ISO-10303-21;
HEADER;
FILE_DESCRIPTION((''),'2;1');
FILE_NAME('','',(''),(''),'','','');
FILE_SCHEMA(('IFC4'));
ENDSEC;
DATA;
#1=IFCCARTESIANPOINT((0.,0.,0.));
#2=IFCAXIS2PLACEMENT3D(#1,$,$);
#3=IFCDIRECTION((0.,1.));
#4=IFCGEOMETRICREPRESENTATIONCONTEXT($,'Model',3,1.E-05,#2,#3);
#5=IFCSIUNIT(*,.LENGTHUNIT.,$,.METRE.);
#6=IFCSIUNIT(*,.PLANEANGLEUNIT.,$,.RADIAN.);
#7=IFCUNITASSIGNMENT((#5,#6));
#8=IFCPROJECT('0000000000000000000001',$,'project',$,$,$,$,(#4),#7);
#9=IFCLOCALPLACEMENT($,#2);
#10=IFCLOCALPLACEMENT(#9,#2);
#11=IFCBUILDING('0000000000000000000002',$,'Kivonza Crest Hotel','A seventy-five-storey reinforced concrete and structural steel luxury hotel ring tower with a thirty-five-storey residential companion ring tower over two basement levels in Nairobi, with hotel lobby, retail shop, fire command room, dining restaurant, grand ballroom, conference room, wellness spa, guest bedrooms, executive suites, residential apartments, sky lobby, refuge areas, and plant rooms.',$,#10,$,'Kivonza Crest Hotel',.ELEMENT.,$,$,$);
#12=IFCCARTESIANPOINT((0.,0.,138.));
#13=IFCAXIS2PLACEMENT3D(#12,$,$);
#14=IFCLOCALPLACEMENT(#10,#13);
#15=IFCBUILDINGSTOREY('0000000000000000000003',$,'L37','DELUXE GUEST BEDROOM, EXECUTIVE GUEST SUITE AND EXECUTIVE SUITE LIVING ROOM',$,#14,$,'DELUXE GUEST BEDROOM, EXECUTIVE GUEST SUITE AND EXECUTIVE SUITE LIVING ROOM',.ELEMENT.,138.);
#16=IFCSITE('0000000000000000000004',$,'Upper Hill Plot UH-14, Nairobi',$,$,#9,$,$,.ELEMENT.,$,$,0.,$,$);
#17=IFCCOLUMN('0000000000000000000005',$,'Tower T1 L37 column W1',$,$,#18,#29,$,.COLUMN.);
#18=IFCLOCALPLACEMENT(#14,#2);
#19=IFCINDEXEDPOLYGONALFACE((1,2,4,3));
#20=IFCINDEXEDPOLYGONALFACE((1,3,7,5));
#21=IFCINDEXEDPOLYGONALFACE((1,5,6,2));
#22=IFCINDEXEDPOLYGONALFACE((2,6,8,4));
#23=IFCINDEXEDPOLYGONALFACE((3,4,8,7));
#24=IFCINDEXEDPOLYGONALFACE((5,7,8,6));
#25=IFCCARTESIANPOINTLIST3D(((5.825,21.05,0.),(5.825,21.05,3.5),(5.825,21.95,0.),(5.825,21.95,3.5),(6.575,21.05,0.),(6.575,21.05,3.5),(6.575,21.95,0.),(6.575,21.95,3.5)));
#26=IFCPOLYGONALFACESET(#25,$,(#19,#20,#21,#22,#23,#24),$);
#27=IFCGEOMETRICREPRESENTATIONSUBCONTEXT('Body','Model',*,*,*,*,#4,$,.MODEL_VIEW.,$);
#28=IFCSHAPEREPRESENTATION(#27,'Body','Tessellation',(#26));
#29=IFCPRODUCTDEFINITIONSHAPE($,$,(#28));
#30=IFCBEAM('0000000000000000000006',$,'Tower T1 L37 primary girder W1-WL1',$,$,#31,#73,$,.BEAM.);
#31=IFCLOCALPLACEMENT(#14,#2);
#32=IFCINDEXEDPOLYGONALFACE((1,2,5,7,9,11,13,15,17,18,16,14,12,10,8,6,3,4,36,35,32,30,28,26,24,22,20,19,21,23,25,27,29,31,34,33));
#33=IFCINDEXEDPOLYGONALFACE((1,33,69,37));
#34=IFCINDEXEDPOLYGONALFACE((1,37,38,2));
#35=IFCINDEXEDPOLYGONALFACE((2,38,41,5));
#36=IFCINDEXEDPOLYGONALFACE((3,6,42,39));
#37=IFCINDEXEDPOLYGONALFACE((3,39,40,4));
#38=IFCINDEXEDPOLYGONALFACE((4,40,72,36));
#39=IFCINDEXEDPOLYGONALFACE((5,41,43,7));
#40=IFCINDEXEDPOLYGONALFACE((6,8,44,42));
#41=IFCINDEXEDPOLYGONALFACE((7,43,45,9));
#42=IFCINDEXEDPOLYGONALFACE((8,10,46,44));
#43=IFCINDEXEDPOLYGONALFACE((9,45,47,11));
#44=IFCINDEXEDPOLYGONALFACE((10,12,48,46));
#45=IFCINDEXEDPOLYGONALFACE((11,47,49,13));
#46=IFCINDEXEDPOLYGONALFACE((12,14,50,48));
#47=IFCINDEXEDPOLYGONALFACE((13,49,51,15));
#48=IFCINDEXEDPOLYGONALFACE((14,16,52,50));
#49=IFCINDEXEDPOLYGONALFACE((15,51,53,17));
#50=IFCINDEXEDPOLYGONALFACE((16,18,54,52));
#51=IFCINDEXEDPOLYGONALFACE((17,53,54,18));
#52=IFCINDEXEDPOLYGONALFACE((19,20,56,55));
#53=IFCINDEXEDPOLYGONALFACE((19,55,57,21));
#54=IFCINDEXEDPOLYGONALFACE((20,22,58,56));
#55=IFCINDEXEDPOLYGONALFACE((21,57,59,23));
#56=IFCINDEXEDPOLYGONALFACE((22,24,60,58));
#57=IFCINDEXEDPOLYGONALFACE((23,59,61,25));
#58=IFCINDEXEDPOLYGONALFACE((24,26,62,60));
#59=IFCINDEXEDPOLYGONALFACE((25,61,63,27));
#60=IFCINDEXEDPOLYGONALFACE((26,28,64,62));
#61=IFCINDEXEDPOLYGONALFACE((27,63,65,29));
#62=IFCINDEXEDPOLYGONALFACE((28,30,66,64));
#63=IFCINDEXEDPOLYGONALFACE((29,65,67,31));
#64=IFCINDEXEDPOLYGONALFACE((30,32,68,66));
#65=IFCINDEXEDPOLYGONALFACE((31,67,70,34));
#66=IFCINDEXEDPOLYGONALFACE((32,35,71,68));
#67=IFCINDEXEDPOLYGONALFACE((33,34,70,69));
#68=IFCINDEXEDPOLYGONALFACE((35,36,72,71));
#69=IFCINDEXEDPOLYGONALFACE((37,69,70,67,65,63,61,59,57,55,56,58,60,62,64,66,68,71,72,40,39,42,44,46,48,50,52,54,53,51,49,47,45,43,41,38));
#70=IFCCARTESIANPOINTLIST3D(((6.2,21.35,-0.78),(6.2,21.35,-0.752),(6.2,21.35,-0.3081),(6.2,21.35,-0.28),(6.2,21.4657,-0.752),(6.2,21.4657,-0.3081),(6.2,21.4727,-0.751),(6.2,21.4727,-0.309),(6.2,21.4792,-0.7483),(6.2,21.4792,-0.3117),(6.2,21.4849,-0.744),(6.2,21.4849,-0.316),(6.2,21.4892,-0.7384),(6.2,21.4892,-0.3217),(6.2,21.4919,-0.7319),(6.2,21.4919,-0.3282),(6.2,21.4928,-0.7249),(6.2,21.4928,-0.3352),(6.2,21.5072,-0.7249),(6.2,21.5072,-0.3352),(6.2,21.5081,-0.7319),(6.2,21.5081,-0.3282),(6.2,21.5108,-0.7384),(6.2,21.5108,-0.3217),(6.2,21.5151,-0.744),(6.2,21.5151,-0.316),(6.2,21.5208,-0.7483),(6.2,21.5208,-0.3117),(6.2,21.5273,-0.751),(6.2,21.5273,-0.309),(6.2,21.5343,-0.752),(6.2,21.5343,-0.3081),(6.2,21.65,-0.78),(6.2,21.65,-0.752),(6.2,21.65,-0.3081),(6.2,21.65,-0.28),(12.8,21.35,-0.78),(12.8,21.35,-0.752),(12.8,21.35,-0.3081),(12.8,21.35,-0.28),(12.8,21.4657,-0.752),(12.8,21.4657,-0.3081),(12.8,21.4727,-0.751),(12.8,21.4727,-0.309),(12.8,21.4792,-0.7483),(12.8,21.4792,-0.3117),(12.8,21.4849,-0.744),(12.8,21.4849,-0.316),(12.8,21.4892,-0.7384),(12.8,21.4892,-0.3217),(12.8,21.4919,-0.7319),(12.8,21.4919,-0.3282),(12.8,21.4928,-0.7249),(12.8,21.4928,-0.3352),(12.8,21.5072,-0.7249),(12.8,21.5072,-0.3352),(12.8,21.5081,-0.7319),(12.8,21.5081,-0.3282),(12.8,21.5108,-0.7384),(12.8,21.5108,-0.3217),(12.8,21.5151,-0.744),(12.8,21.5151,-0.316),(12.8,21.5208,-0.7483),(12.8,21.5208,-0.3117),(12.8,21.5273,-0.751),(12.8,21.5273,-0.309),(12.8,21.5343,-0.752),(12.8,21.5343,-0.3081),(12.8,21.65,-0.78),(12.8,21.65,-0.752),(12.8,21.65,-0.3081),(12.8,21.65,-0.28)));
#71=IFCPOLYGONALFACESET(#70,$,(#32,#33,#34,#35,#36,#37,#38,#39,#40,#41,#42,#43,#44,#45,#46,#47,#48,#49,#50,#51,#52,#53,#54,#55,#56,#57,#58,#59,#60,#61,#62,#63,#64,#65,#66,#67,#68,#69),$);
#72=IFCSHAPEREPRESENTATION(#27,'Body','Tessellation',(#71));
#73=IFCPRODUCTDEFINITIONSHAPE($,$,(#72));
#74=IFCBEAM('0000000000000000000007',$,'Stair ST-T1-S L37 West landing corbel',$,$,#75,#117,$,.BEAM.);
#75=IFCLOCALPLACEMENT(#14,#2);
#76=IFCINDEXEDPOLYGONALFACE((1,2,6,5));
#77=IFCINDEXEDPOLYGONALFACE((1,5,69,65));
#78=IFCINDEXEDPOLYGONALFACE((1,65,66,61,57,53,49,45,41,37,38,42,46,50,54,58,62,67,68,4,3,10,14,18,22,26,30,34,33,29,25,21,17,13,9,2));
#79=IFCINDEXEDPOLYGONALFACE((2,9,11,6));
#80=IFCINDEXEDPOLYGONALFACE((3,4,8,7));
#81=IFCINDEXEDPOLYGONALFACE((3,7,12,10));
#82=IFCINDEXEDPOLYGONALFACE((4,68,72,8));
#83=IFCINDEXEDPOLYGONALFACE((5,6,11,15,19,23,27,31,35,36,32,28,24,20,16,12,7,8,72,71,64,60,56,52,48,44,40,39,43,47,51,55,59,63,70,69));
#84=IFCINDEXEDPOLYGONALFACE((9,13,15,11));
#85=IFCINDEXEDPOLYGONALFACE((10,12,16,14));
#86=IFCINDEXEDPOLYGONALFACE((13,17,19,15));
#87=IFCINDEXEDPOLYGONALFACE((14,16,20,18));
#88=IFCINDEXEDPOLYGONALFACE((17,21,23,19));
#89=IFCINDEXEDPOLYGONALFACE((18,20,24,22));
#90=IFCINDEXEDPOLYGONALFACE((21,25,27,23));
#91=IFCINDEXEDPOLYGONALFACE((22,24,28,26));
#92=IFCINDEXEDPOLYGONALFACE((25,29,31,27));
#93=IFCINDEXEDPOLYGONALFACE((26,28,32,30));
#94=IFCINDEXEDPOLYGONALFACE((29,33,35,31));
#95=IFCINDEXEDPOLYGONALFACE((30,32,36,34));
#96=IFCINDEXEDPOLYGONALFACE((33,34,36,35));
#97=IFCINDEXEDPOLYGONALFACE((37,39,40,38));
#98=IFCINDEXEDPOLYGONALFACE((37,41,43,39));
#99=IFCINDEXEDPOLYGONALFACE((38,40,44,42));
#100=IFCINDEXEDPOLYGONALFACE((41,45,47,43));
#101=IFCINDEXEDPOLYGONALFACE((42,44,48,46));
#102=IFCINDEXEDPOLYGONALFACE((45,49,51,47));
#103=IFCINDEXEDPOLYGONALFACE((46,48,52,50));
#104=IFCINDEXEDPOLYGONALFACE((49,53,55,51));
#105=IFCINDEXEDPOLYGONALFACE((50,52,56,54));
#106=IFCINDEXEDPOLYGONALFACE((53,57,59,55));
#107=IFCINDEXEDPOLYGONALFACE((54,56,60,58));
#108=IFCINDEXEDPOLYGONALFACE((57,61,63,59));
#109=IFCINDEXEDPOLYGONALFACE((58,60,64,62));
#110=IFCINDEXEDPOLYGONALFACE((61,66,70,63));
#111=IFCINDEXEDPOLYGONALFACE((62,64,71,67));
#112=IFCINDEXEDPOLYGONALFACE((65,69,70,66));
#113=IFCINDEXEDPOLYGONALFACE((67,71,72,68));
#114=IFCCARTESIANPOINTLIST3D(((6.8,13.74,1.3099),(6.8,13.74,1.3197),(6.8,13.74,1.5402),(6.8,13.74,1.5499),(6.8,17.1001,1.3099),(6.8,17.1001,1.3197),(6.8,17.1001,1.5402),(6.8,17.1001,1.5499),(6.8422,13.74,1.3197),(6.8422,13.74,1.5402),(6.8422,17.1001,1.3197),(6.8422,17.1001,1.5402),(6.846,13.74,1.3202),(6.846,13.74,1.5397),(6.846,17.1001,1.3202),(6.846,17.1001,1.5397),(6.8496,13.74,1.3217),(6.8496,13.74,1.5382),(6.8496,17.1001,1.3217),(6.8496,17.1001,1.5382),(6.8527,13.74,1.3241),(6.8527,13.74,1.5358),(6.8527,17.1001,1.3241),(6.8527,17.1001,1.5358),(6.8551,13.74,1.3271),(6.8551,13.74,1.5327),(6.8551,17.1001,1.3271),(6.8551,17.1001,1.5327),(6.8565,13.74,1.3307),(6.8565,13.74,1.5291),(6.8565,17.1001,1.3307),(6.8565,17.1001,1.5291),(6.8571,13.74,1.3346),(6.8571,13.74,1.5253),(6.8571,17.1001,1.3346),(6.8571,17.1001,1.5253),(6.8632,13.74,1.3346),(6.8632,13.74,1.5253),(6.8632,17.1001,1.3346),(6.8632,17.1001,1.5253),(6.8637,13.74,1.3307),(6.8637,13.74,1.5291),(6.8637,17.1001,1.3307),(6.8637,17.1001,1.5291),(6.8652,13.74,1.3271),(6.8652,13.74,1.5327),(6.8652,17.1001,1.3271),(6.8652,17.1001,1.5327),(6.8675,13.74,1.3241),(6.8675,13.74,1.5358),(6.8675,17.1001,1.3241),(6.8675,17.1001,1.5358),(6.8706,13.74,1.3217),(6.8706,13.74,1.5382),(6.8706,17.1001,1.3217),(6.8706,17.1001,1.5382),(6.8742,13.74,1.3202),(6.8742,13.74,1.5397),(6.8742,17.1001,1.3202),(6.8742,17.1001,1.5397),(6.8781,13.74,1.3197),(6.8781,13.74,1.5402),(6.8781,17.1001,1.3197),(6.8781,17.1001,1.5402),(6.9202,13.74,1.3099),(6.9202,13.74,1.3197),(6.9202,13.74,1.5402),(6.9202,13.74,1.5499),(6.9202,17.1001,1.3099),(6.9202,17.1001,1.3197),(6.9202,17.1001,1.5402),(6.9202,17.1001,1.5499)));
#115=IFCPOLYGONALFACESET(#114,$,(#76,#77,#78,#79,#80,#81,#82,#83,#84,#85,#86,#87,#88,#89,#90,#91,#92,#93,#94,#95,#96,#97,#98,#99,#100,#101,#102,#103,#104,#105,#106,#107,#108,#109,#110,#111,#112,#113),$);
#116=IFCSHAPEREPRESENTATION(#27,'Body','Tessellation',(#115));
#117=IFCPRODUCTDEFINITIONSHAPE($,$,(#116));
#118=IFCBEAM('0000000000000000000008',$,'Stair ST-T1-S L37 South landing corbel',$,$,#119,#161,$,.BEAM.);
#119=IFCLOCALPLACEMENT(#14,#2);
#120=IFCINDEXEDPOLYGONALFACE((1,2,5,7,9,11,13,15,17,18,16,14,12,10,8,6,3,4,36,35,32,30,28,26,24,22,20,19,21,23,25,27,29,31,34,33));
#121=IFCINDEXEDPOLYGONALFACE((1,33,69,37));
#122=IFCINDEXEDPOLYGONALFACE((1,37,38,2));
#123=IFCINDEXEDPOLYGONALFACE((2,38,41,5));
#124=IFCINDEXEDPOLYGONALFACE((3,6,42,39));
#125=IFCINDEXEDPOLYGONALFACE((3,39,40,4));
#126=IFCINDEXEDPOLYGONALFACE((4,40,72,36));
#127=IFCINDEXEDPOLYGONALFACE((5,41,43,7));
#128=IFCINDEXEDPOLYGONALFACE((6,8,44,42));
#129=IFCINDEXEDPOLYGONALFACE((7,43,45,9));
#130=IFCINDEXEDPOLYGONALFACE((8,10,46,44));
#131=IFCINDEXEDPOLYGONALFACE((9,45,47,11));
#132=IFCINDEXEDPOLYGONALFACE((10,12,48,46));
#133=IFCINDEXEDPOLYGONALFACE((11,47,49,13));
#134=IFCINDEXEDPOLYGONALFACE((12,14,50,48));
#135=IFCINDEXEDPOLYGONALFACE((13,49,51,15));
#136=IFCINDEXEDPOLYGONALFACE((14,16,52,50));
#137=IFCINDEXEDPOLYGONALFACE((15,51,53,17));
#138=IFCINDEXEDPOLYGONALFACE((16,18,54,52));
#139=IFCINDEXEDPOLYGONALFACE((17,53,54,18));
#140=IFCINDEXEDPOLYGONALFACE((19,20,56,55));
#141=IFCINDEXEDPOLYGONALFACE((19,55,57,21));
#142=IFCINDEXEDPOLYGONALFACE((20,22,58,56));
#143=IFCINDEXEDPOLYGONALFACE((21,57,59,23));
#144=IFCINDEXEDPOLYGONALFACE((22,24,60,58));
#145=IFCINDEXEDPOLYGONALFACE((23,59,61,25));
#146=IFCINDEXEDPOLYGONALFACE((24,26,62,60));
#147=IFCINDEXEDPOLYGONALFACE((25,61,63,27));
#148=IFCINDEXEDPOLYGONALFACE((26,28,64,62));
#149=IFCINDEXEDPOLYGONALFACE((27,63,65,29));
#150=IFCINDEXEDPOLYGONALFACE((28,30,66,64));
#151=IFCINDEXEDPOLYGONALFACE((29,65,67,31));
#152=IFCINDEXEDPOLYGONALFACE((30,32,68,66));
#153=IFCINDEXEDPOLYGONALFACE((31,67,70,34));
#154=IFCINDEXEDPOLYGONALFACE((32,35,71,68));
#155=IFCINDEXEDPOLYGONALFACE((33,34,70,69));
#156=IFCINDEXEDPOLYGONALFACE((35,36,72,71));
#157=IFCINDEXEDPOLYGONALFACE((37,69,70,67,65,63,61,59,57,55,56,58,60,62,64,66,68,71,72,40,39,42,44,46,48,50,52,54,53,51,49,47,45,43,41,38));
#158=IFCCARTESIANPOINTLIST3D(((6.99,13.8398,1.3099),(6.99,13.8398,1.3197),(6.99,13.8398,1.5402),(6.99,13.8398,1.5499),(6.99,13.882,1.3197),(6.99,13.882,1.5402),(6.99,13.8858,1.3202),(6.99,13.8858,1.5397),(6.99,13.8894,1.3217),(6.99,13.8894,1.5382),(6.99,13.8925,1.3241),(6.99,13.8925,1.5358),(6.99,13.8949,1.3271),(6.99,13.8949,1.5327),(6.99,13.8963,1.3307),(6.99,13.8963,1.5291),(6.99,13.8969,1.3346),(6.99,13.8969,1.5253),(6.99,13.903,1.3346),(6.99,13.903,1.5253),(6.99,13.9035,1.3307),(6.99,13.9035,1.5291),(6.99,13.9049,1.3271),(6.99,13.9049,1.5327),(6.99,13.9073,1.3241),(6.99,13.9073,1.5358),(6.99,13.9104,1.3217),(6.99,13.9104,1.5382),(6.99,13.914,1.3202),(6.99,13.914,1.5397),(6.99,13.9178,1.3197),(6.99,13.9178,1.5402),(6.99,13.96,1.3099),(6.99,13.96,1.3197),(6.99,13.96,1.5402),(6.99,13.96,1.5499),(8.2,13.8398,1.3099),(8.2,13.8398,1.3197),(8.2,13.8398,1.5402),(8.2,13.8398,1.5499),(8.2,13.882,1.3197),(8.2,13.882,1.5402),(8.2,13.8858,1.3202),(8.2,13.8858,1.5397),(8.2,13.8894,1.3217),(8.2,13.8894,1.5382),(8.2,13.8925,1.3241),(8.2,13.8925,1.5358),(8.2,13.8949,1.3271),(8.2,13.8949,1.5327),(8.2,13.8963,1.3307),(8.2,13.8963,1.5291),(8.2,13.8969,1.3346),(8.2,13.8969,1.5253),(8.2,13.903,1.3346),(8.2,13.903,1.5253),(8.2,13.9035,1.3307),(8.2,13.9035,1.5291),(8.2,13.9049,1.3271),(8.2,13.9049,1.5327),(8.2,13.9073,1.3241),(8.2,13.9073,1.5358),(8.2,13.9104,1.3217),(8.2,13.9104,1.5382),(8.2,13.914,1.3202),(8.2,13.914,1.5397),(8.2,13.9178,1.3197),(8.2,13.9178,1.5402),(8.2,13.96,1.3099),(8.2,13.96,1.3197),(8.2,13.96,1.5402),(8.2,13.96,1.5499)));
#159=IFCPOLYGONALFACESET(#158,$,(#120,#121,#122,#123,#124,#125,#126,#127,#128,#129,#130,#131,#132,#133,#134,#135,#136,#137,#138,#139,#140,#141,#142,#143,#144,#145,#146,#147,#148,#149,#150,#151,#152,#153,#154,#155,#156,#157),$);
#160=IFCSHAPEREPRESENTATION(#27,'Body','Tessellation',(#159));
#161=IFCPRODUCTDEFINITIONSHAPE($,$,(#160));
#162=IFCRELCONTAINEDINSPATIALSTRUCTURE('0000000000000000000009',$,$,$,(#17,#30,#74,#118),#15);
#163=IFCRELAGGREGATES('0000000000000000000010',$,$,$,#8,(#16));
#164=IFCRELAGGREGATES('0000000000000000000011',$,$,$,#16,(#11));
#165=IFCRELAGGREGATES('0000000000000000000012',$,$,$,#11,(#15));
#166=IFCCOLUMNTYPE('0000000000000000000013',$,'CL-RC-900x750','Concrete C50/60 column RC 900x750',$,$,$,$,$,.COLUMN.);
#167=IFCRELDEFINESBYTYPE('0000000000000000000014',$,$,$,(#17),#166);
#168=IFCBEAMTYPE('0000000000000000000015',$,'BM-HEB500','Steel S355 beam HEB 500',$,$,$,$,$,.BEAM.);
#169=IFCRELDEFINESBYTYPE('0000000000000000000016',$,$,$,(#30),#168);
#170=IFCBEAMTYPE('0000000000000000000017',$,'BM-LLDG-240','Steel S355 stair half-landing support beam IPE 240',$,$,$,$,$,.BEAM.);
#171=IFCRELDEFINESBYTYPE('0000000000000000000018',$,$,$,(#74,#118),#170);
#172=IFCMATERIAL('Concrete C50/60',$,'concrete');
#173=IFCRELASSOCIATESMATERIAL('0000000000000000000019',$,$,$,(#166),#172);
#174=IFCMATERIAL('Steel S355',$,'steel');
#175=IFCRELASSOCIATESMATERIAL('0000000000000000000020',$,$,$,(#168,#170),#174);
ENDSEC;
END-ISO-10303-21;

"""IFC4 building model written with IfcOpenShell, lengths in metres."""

from ifc_helpers import new_model, si_unit, direction, frame, origin, origin_2d, place, context, subcontext, project, spatial, rectangle, i_section, extrude, material, material_profile, profile_set, type_object, element, save


model = new_model("IFC4")

# Units and contexts
model_context = context("Model", 3, precision=1e-05, world=origin(), true_north=direction((0.0, 1.0)))
body_context = subcontext(model_context, "Body", "Model", "MODEL_VIEW")
ifc_project = project(units=[si_unit("LENGTHUNIT", "METRE"), si_unit("PLANEANGLEUNIT", "RADIAN")], contexts=[model_context])

# Site, building, storey
site_placement = place(None, origin())
site = spatial("IfcSite", under=ifc_project, at=site_placement, Name="Upper Hill Plot UH-14, Nairobi", CompositionType="ELEMENT", RefElevation=0.0)
building_placement = place(site_placement, origin())
building = spatial("IfcBuilding", under=site, at=building_placement, Name="Kivonza Crest Hotel", Description="A seventy-five-storey reinforced concrete and structural steel luxury hotel ring tower with a thirty-five-storey residential companion ring tower over two basement levels in Nairobi, with hotel lobby, retail shop, fire command room, dining restaurant, grand ballroom, conference room, wellness spa, guest bedrooms, executive suites, residential apartments, sky lobby, refuge areas, and plant rooms.", LongName="Kivonza Crest Hotel", CompositionType="ELEMENT")
storey_placement = place(building_placement, frame((0.0, 0.0, 138.0)))
storey = spatial("IfcBuildingStorey", under=building, at=storey_placement, Name="L37", Description="DELUXE GUEST BEDROOM, EXECUTIVE GUEST SUITE AND EXECUTIVE SUITE LIVING ROOM", LongName="DELUXE GUEST BEDROOM, EXECUTIVE GUEST SUITE AND EXECUTIVE SUITE LIVING ROOM", CompositionType="ELEMENT", Elevation=138.0)

# Column
ifc_material_1 = material(Name="Concrete C50/60", Category="concrete")
ifc_material_profile_1 = material_profile(ifc_material_1, rectangle(XDim=0.75, YDim=0.8999, at=origin_2d()), Name="RC 900x750")
ifc_profile_set_1 = profile_set([ifc_material_profile_1], Name="Concrete C50/60")
column_type = type_object("IfcColumnType", Name="CL-RC-900x750", Description="Concrete C50/60 column RC 900x750", PredefinedType="COLUMN", material=ifc_profile_set_1)
column_placement = place(storey_placement, frame((6.2, 21.5, 0.0), z_axis=(0.0, 0.0, 1.0), x_axis=(1.0, 0.0, 0.0)))
element("IfcColumn", 1, at=column_placement, inside=storey, type_object=column_type, Name="Tower T1 L37 column W1", PredefinedType="COLUMN", context=body_context, shape_type="SweptSolid", body=[
    extrude(rectangle(XDim=0.75, YDim=0.8999, at=origin_2d()), origin(), (0.0, 0.0, 1.0), 3.5),
])

# Beams
ifc_material_2 = material(Name="Steel S355", Category="steel")
ifc_material_profile_2 = material_profile(ifc_material_2, i_section(OverallWidth=0.3, OverallDepth=0.5, WebThickness=0.0144, FlangeThickness=0.0281, FilletRadius=0.0271, at=origin_2d()), Name="HEB 500")
ifc_profile_set_2 = profile_set([ifc_material_profile_2], Name="Steel S355")
beam_type_1 = type_object("IfcBeamType", Name="BM-HEB500", Description="Steel S355 beam HEB 500", PredefinedType="BEAM", material=ifc_profile_set_2)
beam_1_placement = place(storey_placement, frame((6.2, 21.5, -0.53), z_axis=(1.0, 0.0, 0.0), x_axis=(0.0, 1.0, 0.0)))
element("IfcBeam", 2, at=beam_1_placement, inside=storey, type_object=beam_type_1, Name="Tower T1 L37 primary girder W1-WL1", PredefinedType="BEAM", context=body_context, shape_type="SweptSolid", body=[
    extrude(i_section(OverallWidth=0.3, OverallDepth=0.5, WebThickness=0.0144, FlangeThickness=0.0281, FilletRadius=0.0271, at=origin_2d()), origin(), (0.0, 0.0, 1.0), 6.6001),
])
ifc_material_profile_3 = material_profile(ifc_material_2, i_section(OverallWidth=0.1201, OverallDepth=0.24, WebThickness=0.0061, FlangeThickness=0.0098, FilletRadius=0.0149, at=origin_2d()), Name="IPE 240")
ifc_profile_set_3 = profile_set([ifc_material_profile_3], Name="Steel S355")
beam_type_2 = type_object("IfcBeamType", Name="BM-LLDG-240", Description="Steel S355 stair half-landing support beam IPE 240", PredefinedType="BEAM", material=ifc_profile_set_3)
beam_2_placement = place(storey_placement, frame((6.8601, 13.74, 1.4299), z_axis=(0.0, 1.0, 0.0), x_axis=(-1.0, 0.0, 0.0)))
element("IfcBeam", 3, at=beam_2_placement, inside=storey, type_object=beam_type_2, Name="Stair ST-T1-S L37 West landing corbel", PredefinedType="BEAM", context=body_context, shape_type="SweptSolid", body=[
    extrude(i_section(OverallWidth=0.1201, OverallDepth=0.24, WebThickness=0.0061, FlangeThickness=0.0098, FilletRadius=0.0149, at=origin_2d()), origin(), (0.0, 0.0, 1.0), 3.3601),
])
for number, where, z_axis, x_axis, name in (
    (4, (6.99, 13.8999, 1.4299), (1.0, 0.0, 0.0), (0.0, 1.0, 0.0), "Stair ST-T1-S L37 South landing corbel"),
):
    element("IfcBeam", number, at=place(storey_placement, frame(where, z_axis=z_axis, x_axis=x_axis)), inside=storey, type_object=beam_type_2, Name=name, PredefinedType="BEAM", context=body_context, shape_type="SweptSolid", body=[
        extrude(i_section(OverallWidth=0.1201, OverallDepth=0.24, WebThickness=0.0061, FlangeThickness=0.0098, FilletRadius=0.0149, at=origin_2d()), origin(), (0.0, 0.0, 1.0), 1.21),
    ])

save(model, "model.ifc")
